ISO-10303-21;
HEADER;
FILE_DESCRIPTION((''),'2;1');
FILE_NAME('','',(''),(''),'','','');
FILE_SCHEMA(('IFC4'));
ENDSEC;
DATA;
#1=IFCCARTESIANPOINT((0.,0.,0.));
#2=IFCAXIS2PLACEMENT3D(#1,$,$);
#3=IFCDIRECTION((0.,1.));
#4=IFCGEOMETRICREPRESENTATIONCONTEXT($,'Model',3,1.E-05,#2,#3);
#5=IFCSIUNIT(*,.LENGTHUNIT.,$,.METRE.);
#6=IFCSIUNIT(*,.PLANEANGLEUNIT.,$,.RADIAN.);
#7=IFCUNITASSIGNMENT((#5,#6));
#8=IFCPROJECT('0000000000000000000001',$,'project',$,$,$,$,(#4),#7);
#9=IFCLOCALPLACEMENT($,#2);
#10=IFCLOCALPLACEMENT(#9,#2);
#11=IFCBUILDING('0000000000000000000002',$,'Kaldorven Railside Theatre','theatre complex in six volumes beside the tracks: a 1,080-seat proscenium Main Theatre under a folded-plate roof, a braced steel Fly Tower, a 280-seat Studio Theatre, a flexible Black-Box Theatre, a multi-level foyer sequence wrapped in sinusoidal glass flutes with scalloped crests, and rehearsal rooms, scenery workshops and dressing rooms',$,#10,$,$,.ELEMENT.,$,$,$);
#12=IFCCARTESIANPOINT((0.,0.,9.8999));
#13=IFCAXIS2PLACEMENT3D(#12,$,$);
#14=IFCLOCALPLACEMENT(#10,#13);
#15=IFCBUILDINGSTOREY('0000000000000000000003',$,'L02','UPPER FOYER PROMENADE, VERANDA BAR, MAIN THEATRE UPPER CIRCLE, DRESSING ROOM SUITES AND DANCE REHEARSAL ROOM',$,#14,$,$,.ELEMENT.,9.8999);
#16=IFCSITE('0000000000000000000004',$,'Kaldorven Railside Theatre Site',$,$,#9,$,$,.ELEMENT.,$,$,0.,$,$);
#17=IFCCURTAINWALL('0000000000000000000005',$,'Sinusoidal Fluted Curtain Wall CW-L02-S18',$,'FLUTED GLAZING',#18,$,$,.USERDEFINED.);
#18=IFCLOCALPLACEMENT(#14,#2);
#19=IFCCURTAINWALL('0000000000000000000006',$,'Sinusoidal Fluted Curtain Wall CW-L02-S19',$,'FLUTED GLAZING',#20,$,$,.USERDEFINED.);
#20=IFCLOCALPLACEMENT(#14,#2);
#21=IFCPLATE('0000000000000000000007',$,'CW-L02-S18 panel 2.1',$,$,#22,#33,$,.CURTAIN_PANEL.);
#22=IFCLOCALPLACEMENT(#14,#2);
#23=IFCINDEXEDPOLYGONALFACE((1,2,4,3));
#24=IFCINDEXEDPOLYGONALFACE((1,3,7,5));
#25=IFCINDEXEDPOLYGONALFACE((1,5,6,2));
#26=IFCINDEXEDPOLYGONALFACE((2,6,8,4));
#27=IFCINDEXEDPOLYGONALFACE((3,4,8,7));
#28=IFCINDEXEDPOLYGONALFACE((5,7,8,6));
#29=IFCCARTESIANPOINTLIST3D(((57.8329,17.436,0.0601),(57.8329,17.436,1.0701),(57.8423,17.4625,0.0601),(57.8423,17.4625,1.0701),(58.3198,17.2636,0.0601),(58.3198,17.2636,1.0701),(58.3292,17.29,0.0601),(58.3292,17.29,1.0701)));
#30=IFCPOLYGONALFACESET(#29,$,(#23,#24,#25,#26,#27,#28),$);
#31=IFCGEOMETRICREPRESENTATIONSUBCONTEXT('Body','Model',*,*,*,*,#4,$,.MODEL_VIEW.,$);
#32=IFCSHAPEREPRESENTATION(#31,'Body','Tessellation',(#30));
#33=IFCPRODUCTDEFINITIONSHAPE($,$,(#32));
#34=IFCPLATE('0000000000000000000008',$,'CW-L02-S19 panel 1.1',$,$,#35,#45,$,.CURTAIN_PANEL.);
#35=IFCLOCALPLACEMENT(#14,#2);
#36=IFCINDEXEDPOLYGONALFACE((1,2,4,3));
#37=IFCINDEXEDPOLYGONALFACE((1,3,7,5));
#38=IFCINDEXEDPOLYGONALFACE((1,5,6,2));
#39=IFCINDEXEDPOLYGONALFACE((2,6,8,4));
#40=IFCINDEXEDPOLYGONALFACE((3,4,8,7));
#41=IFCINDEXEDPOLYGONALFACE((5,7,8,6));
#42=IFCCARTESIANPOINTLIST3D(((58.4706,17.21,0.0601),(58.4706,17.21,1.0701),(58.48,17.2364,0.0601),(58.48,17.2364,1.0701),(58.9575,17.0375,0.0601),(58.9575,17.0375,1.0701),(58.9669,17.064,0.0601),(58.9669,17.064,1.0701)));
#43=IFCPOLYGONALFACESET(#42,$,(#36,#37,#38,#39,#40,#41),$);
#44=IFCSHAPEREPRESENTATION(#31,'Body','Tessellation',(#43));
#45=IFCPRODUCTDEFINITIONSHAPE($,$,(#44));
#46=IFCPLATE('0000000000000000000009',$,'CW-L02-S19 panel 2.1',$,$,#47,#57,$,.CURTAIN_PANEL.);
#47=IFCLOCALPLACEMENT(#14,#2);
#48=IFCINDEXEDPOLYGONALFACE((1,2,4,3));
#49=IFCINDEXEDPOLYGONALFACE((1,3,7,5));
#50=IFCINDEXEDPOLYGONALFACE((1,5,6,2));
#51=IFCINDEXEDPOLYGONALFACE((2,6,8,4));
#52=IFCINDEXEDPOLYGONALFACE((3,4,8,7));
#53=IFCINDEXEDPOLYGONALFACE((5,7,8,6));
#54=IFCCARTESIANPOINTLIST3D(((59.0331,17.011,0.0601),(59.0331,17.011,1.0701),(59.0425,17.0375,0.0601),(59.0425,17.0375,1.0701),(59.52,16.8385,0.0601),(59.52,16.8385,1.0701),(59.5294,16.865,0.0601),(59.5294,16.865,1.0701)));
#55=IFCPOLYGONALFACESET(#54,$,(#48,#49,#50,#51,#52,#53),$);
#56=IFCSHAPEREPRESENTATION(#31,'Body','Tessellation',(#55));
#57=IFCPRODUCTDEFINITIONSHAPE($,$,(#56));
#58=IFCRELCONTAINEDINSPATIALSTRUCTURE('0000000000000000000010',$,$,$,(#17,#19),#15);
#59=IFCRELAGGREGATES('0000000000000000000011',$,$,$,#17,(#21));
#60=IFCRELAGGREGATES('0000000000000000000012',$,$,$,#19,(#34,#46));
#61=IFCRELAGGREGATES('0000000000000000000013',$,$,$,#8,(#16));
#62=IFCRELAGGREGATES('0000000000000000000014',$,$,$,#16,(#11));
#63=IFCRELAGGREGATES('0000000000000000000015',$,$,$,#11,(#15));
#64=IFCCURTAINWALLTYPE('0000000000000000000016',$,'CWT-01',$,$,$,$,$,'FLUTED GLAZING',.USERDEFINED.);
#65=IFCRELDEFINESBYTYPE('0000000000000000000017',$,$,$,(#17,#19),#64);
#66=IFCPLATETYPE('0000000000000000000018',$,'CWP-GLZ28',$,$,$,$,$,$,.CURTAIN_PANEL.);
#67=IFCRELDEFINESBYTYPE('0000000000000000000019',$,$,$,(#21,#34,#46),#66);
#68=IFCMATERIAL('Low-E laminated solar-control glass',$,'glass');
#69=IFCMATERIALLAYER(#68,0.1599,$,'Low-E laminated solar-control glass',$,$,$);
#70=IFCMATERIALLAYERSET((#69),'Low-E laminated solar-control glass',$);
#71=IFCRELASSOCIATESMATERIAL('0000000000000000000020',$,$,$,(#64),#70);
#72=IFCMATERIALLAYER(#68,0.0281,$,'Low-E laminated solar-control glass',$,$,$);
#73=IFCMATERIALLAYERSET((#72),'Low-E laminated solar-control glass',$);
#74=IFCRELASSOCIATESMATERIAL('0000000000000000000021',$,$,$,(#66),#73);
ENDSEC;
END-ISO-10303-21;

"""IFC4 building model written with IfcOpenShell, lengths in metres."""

from ifc_helpers import new_model, si_unit, direction, frame, origin, origin_2d, place, context, subcontext, project, spatial, rectangle, extrude, material, layer, layer_set, type_object, element, aggregate, save


model = new_model("IFC4")

# Units and contexts
model_context = context("Model", 3, precision=1e-05, world=origin(), true_north=direction((0.0, 1.0)))
body_context = subcontext(model_context, "Body", "Model", "MODEL_VIEW")
ifc_project = project(units=[si_unit("LENGTHUNIT", "METRE"), si_unit("PLANEANGLEUNIT", "RADIAN")], contexts=[model_context])

# Site, building, storey
site_placement = place(None, origin())
site = spatial("IfcSite", under=ifc_project, at=site_placement, Name="Kaldorven Railside Theatre Site", CompositionType="ELEMENT", RefElevation=0.0)
building_placement = place(site_placement, origin())
building = spatial("IfcBuilding", under=site, at=building_placement, Name="Kaldorven Railside Theatre", Description="theatre complex in six volumes beside the tracks: a 1,080-seat proscenium Main Theatre under a folded-plate roof, a braced steel Fly Tower, a 280-seat Studio Theatre, a flexible Black-Box Theatre, a multi-level foyer sequence wrapped in sinusoidal glass flutes with scalloped crests, and rehearsal rooms, scenery workshops and dressing rooms", CompositionType="ELEMENT")
storey_placement = place(building_placement, frame((0.0, 0.0, 9.8999)))
storey = spatial("IfcBuildingStorey", under=building, at=storey_placement, Name="L02", Description="UPPER FOYER PROMENADE, VERANDA BAR, MAIN THEATRE UPPER CIRCLE, DRESSING ROOM SUITES AND DANCE REHEARSAL ROOM", CompositionType="ELEMENT", Elevation=9.8999)

# Shared definitions
ifc_material_1 = material(Name="Low-E laminated solar-control glass", Category="glass")

# Curtain walls
ifc_layer_1 = layer(ifc_material_1, 0.1599, Name="Low-E laminated solar-control glass")
ifc_layer_set_1 = layer_set([ifc_layer_1], Name="Low-E laminated solar-control glass")
curtain_wall_type_1 = type_object("IfcCurtainWallType", Name="CWT-01", ElementType="FLUTED GLAZING", PredefinedType="USERDEFINED", material=ifc_layer_set_1)
curtain_wall_1_placement = place(storey_placement, origin())
curtain_wall_1 = element("IfcCurtainWall", 1, at=curtain_wall_1_placement, inside=storey, type_object=curtain_wall_type_1, Name="Sinusoidal Fluted Curtain Wall CW-L02-S18", ObjectType="FLUTED GLAZING", PredefinedType="USERDEFINED")
curtain_wall_2_placement = place(storey_placement, origin())
curtain_wall_2 = element("IfcCurtainWall", 2, at=curtain_wall_2_placement, inside=storey, type_object=curtain_wall_type_1, Name="Sinusoidal Fluted Curtain Wall CW-L02-S19", ObjectType="FLUTED GLAZING", PredefinedType="USERDEFINED")

# Plates
ifc_layer_2 = layer(ifc_material_1, 0.0281, Name="Low-E laminated solar-control glass")
ifc_layer_set_2 = layer_set([ifc_layer_2], Name="Low-E laminated solar-control glass")
plate_type = type_object("IfcPlateType", Name="CWP-GLZ28", PredefinedType="CURTAIN_PANEL", material=ifc_layer_set_2)
plate_1_placement = place(storey_placement, frame((58.0811, 17.363, 0.0601), z_axis=(0.0, 0.0, 1.0), x_axis=(0.942627, -0.333847, 0.0)))
plate_1 = element("IfcPlate", 3, at=plate_1_placement, type_object=plate_type, Name="CW-L02-S18 panel 2.1", PredefinedType="CURTAIN_PANEL", context=body_context, shape_type="SweptSolid", body=[
    extrude(rectangle(XDim=0.5166, YDim=0.0281, at=origin_2d()), origin(), (0.0, 0.0, 1.0), 1.01),
])
aggregate(curtain_wall_1, [plate_1])
plate_2_placement = place(storey_placement, frame((58.7188, 17.137, 0.0601), z_axis=(0.0, 0.0, 1.0), x_axis=(0.942627, -0.333847, 0.0)))
plate_2 = element("IfcPlate", 4, at=plate_2_placement, type_object=plate_type, Name="CW-L02-S19 panel 1.1", PredefinedType="CURTAIN_PANEL", context=body_context, shape_type="SweptSolid", body=[
    extrude(rectangle(XDim=0.5166, YDim=0.0281, at=origin_2d()), origin(), (0.0, 0.0, 1.0), 1.01),
])
plate_3_placement = place(storey_placement, frame((59.2812, 16.938, 0.0601), z_axis=(0.0, 0.0, 1.0), x_axis=(0.942627, -0.333847, 0.0)))
plate_3 = element("IfcPlate", 5, at=plate_3_placement, type_object=plate_type, Name="CW-L02-S19 panel 2.1", PredefinedType="CURTAIN_PANEL", context=body_context, shape_type="SweptSolid", body=[
    extrude(rectangle(XDim=0.5166, YDim=0.0281, at=origin_2d()), origin(), (0.0, 0.0, 1.0), 1.01),
])
aggregate(curtain_wall_2, [plate_2, plate_3])

save(model, "model.ifc")
